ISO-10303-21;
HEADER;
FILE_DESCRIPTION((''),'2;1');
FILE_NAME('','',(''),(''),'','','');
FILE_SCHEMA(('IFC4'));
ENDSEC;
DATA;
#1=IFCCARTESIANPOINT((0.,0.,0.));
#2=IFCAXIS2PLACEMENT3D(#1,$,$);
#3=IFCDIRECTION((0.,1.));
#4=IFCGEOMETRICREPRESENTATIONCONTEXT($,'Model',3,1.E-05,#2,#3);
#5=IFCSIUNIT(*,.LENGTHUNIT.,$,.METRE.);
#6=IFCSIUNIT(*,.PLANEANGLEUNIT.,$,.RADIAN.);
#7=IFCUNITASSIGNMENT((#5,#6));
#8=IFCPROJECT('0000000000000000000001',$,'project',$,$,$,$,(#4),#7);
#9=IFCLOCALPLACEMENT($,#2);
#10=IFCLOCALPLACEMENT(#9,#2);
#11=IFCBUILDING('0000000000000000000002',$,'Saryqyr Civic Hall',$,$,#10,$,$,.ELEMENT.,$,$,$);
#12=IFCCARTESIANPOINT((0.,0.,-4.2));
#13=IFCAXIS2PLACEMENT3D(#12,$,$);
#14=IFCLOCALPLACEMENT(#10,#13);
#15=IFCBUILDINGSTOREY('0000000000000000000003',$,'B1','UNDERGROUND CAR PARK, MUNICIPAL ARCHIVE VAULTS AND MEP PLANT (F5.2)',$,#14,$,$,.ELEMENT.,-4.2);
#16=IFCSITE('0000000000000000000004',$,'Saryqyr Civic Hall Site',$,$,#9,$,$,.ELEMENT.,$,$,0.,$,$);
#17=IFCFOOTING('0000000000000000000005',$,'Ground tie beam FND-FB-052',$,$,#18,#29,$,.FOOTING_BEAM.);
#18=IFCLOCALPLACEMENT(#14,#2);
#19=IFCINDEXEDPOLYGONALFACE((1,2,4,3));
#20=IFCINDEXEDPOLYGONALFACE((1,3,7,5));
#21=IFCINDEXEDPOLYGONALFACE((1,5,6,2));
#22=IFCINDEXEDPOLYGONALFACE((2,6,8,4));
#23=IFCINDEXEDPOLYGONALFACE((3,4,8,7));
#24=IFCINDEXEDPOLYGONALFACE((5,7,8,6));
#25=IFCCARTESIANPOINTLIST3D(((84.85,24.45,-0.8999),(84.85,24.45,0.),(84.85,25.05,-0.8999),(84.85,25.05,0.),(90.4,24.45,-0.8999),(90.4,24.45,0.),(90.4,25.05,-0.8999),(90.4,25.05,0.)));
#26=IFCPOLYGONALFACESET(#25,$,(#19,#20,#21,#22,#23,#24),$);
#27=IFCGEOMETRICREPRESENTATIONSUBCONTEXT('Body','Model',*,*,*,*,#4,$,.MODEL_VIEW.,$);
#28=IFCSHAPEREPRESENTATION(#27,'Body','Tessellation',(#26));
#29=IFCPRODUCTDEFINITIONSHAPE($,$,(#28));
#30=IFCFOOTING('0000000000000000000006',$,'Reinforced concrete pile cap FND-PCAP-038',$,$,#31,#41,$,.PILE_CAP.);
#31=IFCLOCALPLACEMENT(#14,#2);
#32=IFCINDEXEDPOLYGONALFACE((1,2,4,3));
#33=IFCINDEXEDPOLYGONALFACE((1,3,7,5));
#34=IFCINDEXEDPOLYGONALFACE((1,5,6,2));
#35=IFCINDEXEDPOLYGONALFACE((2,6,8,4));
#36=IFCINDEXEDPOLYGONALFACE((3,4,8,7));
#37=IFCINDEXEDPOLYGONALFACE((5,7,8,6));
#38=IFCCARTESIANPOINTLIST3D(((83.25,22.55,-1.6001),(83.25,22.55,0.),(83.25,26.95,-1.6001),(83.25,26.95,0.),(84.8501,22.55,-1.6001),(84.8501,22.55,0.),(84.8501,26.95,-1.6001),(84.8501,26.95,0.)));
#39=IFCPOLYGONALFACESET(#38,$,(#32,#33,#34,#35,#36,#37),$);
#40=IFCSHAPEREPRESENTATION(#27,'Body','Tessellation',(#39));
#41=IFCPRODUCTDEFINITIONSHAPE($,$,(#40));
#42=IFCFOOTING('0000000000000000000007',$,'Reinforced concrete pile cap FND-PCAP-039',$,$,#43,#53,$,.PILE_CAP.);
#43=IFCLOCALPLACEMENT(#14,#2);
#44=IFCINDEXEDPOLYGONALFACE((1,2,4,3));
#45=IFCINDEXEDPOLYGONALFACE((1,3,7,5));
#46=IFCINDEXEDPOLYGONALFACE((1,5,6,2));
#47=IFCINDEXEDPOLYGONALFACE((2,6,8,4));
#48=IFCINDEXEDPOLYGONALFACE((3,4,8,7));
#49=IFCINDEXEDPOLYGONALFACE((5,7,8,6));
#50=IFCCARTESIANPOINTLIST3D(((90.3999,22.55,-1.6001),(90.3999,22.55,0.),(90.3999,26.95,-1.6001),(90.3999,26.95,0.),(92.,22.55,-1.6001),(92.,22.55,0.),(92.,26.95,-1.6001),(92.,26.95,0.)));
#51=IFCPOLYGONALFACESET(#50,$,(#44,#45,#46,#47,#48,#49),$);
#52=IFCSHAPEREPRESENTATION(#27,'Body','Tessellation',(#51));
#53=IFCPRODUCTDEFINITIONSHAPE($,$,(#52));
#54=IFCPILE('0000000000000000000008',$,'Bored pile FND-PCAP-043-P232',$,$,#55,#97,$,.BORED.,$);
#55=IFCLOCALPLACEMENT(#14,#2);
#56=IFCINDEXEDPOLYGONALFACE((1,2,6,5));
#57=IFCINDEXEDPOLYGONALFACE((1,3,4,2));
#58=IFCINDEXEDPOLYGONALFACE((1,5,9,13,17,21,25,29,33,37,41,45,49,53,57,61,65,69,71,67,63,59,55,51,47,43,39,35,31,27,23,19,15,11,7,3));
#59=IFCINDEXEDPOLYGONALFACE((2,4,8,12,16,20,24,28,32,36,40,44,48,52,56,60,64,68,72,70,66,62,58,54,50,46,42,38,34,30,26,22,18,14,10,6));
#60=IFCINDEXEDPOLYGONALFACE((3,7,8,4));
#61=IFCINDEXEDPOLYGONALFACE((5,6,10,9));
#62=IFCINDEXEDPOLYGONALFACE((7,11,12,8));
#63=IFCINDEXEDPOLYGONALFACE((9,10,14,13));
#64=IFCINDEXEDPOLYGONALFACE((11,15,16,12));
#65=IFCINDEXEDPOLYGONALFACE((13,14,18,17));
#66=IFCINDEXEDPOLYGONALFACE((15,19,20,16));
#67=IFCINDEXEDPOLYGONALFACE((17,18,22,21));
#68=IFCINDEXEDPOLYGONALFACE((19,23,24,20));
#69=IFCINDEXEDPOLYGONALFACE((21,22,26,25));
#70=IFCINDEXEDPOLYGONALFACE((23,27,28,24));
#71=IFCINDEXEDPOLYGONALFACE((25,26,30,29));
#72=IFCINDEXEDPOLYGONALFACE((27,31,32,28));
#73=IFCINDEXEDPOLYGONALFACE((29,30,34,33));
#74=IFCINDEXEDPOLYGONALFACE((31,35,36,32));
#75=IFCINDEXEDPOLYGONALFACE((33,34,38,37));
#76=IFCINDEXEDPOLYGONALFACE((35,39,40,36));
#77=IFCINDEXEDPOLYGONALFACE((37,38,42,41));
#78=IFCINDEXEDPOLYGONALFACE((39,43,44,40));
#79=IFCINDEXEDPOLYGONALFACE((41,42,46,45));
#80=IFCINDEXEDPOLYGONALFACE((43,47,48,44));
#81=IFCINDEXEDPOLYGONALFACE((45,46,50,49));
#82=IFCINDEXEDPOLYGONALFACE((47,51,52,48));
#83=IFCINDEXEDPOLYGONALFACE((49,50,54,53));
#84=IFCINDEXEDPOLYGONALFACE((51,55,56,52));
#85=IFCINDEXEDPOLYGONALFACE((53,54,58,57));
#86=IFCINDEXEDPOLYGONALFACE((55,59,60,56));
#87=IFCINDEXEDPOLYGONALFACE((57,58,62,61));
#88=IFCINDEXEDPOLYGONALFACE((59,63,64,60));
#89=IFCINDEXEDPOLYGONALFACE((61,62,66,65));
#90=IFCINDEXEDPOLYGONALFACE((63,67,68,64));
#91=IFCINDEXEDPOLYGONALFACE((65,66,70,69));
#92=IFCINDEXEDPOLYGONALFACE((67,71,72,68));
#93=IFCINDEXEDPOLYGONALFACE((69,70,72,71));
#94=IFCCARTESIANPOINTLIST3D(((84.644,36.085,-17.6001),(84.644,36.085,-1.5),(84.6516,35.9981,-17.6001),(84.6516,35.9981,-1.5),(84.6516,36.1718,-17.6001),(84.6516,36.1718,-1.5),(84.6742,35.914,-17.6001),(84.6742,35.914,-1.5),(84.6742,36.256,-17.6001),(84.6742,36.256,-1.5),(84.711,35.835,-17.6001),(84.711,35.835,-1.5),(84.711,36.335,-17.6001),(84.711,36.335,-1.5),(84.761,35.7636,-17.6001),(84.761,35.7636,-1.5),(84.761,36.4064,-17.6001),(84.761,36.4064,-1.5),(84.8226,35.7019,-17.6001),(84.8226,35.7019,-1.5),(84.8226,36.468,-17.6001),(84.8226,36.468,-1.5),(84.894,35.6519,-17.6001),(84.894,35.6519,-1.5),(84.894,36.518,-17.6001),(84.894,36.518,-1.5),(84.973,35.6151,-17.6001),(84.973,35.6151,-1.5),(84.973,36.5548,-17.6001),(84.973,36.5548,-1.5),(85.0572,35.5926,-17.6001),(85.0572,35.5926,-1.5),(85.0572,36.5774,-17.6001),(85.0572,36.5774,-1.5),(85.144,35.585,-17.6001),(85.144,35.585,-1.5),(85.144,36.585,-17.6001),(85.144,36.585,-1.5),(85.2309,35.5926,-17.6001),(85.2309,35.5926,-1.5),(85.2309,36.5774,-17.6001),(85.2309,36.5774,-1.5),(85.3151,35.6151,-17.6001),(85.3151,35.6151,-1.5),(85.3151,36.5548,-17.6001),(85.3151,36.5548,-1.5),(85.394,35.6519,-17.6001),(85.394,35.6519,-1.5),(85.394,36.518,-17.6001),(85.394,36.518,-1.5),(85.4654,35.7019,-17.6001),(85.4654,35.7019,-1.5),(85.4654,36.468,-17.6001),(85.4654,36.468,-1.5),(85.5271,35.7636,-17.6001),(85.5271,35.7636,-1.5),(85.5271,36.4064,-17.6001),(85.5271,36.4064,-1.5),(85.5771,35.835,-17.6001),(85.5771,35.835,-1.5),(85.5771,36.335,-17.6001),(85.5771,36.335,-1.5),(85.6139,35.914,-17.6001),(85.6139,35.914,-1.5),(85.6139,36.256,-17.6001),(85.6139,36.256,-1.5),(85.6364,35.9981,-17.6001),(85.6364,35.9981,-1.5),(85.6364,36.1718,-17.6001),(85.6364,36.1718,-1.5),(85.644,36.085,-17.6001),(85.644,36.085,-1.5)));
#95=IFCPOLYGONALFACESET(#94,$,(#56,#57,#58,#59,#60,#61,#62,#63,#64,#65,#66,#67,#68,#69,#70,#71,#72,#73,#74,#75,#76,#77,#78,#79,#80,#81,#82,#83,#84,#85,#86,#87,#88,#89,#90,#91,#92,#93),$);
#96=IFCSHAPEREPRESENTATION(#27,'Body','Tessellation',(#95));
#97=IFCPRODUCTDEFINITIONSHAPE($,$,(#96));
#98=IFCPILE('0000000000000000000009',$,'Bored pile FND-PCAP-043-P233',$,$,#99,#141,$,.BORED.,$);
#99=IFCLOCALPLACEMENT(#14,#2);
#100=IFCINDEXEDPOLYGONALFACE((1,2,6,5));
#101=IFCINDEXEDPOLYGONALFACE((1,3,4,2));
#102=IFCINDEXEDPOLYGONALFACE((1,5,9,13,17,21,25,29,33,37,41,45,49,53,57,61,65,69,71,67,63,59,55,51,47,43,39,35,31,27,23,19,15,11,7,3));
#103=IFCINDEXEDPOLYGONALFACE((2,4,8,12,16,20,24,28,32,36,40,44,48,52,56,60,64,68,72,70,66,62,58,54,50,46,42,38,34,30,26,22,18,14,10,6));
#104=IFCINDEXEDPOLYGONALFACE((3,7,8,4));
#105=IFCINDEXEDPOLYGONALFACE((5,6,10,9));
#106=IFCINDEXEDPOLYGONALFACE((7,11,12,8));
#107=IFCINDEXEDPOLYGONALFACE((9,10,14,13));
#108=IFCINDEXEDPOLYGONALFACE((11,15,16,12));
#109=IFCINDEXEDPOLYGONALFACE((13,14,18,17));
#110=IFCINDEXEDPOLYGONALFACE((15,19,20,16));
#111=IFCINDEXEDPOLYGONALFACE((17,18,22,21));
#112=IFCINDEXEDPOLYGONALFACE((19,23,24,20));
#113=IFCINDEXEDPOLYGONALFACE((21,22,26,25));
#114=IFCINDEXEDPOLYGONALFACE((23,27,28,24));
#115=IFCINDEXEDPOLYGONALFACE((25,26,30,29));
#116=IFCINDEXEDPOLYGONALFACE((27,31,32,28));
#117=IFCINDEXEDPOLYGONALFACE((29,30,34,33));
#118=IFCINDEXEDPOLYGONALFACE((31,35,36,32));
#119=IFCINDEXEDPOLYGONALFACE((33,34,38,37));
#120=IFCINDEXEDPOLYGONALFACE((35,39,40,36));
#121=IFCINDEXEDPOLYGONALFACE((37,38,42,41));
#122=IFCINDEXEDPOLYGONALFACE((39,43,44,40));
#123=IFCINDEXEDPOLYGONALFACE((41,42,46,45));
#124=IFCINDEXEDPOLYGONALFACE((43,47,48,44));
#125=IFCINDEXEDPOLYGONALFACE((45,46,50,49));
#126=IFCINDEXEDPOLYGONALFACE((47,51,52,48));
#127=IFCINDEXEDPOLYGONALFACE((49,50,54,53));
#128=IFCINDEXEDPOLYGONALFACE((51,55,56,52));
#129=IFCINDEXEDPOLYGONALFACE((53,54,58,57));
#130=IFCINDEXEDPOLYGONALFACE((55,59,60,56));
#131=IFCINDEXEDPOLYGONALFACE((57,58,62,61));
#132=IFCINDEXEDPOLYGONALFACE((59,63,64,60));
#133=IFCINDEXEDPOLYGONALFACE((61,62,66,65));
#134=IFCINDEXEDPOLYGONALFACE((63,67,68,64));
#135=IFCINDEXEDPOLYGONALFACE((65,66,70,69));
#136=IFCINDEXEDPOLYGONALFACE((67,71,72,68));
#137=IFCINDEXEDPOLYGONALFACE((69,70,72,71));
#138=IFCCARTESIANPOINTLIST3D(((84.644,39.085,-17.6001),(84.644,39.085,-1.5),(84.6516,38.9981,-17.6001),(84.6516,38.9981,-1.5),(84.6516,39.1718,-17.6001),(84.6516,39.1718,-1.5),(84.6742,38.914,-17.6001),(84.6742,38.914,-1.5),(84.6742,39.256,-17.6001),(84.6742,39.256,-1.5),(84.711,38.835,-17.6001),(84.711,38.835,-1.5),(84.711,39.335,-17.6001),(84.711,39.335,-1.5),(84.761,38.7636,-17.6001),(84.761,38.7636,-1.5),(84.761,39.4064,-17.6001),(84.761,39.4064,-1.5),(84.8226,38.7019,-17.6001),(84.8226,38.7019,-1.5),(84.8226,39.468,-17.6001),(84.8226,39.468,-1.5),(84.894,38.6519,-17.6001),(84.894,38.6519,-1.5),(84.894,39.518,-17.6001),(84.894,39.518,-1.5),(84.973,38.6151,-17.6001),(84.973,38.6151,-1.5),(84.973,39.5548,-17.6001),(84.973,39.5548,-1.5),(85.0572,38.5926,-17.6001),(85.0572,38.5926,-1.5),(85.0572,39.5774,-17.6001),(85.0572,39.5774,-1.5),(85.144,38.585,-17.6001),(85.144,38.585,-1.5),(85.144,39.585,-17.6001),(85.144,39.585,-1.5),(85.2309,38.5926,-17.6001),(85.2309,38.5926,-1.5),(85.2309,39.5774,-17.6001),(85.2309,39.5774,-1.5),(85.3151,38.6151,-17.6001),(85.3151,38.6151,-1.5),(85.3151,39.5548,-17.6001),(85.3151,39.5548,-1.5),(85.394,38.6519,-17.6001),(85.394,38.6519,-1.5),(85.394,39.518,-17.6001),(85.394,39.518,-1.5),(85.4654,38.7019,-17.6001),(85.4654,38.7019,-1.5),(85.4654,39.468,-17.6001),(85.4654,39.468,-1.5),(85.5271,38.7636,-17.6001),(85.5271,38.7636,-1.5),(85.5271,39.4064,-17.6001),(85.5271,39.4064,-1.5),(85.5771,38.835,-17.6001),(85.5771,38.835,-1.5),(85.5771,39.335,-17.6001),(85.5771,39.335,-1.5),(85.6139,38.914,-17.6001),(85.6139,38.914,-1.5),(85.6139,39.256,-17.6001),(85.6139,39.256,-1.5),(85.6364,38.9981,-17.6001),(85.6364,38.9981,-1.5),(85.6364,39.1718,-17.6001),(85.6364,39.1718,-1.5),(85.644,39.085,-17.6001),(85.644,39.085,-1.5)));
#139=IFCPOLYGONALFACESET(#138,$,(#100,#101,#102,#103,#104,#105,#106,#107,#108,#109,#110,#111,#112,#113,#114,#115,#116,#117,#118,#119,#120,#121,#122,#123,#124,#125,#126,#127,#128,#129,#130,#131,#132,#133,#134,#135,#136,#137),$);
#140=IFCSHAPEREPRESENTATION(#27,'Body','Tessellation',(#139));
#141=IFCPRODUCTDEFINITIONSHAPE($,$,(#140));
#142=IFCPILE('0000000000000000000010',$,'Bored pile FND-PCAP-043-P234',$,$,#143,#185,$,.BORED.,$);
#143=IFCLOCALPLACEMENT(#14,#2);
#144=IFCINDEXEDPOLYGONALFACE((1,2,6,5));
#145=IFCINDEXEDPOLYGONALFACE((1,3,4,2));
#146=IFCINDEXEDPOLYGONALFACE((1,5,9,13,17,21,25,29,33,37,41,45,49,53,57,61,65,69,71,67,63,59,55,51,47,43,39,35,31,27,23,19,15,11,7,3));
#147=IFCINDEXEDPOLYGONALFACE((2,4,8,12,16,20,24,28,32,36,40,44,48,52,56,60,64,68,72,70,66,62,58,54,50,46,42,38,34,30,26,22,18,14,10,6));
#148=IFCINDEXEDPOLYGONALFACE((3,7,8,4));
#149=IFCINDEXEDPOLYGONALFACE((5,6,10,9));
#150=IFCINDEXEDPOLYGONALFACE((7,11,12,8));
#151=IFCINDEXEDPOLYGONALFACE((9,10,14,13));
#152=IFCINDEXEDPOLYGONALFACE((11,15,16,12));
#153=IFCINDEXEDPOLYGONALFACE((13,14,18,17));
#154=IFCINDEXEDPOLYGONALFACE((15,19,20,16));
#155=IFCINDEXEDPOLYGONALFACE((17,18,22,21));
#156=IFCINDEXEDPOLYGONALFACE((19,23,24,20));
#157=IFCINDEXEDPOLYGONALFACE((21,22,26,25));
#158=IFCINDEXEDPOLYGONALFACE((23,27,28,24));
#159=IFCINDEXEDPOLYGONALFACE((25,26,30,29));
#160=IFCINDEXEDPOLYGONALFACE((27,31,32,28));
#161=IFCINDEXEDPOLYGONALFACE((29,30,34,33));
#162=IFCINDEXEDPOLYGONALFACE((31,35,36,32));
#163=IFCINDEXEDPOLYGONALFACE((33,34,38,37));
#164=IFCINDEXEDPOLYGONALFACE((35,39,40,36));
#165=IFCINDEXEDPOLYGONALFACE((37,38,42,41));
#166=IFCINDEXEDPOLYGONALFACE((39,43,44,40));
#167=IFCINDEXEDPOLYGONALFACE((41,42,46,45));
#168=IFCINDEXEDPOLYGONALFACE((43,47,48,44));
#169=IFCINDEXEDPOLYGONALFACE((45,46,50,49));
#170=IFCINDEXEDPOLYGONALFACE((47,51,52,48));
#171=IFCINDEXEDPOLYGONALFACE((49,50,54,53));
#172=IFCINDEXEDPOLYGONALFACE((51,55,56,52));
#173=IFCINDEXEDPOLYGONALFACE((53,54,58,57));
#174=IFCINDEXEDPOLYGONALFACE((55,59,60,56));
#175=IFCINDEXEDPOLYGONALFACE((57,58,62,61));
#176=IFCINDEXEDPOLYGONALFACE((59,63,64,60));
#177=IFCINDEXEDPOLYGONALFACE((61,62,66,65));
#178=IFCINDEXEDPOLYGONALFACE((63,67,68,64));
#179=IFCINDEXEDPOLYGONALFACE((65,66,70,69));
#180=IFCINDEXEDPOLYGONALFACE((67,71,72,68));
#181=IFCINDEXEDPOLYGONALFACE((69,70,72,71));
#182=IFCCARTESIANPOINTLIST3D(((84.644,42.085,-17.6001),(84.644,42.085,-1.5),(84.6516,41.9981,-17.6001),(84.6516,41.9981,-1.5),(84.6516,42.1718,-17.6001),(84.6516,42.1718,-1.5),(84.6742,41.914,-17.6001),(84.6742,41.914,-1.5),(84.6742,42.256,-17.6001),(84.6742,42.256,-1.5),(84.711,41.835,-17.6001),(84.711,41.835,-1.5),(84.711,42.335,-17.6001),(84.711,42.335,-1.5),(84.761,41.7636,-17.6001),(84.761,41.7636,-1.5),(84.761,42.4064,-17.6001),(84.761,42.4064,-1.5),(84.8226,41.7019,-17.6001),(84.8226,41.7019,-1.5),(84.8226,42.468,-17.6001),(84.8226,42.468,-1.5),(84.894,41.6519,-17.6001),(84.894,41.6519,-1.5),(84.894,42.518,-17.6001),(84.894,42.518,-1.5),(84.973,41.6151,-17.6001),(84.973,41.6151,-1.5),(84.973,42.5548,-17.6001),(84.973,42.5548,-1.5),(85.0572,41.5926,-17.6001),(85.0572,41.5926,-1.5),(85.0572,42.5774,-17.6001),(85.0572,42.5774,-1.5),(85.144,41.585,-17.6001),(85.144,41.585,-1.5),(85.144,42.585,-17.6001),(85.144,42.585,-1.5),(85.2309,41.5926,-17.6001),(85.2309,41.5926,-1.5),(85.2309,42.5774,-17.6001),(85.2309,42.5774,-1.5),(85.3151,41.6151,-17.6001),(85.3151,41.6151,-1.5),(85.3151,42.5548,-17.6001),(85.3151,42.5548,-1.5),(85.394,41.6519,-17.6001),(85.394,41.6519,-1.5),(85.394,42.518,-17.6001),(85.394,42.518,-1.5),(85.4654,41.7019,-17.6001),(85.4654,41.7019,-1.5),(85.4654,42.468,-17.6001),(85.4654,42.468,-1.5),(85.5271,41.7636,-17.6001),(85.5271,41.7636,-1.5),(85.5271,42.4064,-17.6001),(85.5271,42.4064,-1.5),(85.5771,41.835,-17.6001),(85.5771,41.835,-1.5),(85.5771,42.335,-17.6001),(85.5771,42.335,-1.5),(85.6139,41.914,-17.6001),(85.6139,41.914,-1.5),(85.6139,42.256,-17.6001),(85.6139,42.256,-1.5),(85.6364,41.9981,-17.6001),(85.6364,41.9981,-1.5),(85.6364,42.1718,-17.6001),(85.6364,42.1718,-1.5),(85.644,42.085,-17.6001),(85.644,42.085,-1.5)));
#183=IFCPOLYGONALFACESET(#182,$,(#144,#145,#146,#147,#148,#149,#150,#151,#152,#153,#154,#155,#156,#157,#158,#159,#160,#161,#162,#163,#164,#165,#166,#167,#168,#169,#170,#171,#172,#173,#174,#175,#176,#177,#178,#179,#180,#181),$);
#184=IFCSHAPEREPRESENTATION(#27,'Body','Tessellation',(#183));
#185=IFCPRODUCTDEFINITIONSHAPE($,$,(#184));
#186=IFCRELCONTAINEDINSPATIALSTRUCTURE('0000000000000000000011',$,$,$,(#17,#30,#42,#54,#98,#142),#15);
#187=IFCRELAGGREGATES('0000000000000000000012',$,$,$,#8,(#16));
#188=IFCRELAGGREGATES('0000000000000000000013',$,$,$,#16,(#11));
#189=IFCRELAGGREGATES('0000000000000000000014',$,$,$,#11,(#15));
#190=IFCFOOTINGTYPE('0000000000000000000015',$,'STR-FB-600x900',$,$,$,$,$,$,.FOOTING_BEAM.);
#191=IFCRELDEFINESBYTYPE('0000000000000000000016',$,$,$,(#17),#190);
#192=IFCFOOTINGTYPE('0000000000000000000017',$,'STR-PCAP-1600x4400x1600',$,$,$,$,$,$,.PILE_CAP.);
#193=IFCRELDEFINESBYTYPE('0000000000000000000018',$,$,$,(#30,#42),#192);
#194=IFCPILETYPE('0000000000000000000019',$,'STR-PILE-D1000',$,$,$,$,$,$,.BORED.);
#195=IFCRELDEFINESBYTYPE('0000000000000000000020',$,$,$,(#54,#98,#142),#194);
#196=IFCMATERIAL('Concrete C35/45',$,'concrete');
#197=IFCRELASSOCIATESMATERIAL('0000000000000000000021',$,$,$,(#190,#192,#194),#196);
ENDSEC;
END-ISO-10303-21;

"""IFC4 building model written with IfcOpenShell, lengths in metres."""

from ifc_helpers import new_model, si_unit, direction, frame, origin, origin_2d, place, context, subcontext, project, spatial, rectangle, circle, extrude, material, material_profile, profile_set, type_object, element, save


model = new_model("IFC4")

# Units and contexts
model_context = context("Model", 3, precision=1e-05, world=origin(), true_north=direction((0.0, 1.0)))
body_context = subcontext(model_context, "Body", "Model", "MODEL_VIEW")
ifc_project = project(units=[si_unit("LENGTHUNIT", "METRE"), si_unit("PLANEANGLEUNIT", "RADIAN")], contexts=[model_context])

# Site, building, storey
site_placement = place(None, origin())
site = spatial("IfcSite", under=ifc_project, at=site_placement, Name="Saryqyr Civic Hall Site", CompositionType="ELEMENT", RefElevation=0.0)
building_placement = place(site_placement, origin())
building = spatial("IfcBuilding", under=site, at=building_placement, Name="Saryqyr Civic Hall", CompositionType="ELEMENT")
storey_placement = place(building_placement, frame((0.0, 0.0, -4.2)))
storey = spatial("IfcBuildingStorey", under=building, at=storey_placement, Name="B1", Description="UNDERGROUND CAR PARK, MUNICIPAL ARCHIVE VAULTS AND MEP PLANT (F5.2)", CompositionType="ELEMENT", Elevation=-4.2)

# Footings
ifc_material_1 = material(Name="Concrete C35/45", Category="concrete")
footing_type_1 = type_object("IfcFootingType", Name="STR-FB-600x900", PredefinedType="FOOTING_BEAM", material=ifc_material_1)
footing_placement = place(storey_placement, frame((87.625, 24.75, -0.8999), z_axis=(0.0, 0.0, 1.0), x_axis=(1.0, 0.0, 0.0)))
element("IfcFooting", 1, at=footing_placement, inside=storey, type_object=footing_type_1, Name="Ground tie beam FND-FB-052", PredefinedType="FOOTING_BEAM", context=body_context, shape_type="SweptSolid", body=[
    extrude(rectangle(XDim=5.55, YDim=0.6001, at=origin_2d()), origin(), (0.0, 0.0, 1.0), 0.8999),
])
footing_type_2 = type_object("IfcFootingType", Name="STR-PCAP-1600x4400x1600", PredefinedType="PILE_CAP", material=ifc_material_1)
for number, where, z_axis, x_axis, name in (
    (2, (84.05, 24.75, -1.6001), (0.0, 0.0, 1.0), (1.0, 0.0, 0.0), "Reinforced concrete pile cap FND-PCAP-038"),
    (3, (91.2, 24.75, -1.6001), (0.0, 0.0, 1.0), (1.0, 0.0, 0.0), "Reinforced concrete pile cap FND-PCAP-039"),
):
    element("IfcFooting", number, at=place(storey_placement, frame(where, z_axis=z_axis, x_axis=x_axis)), inside=storey, type_object=footing_type_2, Name=name, PredefinedType="PILE_CAP", context=body_context, shape_type="SweptSolid", body=[
        extrude(rectangle(XDim=1.6001, YDim=4.3999, at=origin_2d()), origin(), (0.0, 0.0, 1.0), 1.6001),
    ])

# Piles
ifc_material_profile_1 = material_profile(ifc_material_1, circle(Radius=0.5, at=origin_2d()), Name="BORED PILE D1000")
ifc_profile_set_1 = profile_set([ifc_material_profile_1], Name="Concrete C35/45")
pile_type_1 = type_object("IfcPileType", Name="STR-PILE-D1000", PredefinedType="BORED", material=ifc_profile_set_1)
for number, where, z_axis, x_axis, name in (
    (4, (85.144, 36.085, -1.5), (0.0, 0.0, -1.0), (1.0, 0.0, 0.0), "Bored pile FND-PCAP-043-P232"),
    (5, (85.144, 39.085, -1.5), (0.0, 0.0, -1.0), (1.0, 0.0, 0.0), "Bored pile FND-PCAP-043-P233"),
    (6, (85.144, 42.085, -1.5), (0.0, 0.0, -1.0), (1.0, 0.0, 0.0), "Bored pile FND-PCAP-043-P234"),
):
    element("IfcPile", number, at=place(storey_placement, frame(where, z_axis=z_axis, x_axis=x_axis)), inside=storey, type_object=pile_type_1, Name=name, PredefinedType="BORED", context=body_context, shape_type="SweptSolid", body=[
        extrude(circle(Radius=0.5, at=origin_2d()), origin(), (0.0, 0.0, 1.0), 16.1001),
    ])

save(model, "model.ifc")
